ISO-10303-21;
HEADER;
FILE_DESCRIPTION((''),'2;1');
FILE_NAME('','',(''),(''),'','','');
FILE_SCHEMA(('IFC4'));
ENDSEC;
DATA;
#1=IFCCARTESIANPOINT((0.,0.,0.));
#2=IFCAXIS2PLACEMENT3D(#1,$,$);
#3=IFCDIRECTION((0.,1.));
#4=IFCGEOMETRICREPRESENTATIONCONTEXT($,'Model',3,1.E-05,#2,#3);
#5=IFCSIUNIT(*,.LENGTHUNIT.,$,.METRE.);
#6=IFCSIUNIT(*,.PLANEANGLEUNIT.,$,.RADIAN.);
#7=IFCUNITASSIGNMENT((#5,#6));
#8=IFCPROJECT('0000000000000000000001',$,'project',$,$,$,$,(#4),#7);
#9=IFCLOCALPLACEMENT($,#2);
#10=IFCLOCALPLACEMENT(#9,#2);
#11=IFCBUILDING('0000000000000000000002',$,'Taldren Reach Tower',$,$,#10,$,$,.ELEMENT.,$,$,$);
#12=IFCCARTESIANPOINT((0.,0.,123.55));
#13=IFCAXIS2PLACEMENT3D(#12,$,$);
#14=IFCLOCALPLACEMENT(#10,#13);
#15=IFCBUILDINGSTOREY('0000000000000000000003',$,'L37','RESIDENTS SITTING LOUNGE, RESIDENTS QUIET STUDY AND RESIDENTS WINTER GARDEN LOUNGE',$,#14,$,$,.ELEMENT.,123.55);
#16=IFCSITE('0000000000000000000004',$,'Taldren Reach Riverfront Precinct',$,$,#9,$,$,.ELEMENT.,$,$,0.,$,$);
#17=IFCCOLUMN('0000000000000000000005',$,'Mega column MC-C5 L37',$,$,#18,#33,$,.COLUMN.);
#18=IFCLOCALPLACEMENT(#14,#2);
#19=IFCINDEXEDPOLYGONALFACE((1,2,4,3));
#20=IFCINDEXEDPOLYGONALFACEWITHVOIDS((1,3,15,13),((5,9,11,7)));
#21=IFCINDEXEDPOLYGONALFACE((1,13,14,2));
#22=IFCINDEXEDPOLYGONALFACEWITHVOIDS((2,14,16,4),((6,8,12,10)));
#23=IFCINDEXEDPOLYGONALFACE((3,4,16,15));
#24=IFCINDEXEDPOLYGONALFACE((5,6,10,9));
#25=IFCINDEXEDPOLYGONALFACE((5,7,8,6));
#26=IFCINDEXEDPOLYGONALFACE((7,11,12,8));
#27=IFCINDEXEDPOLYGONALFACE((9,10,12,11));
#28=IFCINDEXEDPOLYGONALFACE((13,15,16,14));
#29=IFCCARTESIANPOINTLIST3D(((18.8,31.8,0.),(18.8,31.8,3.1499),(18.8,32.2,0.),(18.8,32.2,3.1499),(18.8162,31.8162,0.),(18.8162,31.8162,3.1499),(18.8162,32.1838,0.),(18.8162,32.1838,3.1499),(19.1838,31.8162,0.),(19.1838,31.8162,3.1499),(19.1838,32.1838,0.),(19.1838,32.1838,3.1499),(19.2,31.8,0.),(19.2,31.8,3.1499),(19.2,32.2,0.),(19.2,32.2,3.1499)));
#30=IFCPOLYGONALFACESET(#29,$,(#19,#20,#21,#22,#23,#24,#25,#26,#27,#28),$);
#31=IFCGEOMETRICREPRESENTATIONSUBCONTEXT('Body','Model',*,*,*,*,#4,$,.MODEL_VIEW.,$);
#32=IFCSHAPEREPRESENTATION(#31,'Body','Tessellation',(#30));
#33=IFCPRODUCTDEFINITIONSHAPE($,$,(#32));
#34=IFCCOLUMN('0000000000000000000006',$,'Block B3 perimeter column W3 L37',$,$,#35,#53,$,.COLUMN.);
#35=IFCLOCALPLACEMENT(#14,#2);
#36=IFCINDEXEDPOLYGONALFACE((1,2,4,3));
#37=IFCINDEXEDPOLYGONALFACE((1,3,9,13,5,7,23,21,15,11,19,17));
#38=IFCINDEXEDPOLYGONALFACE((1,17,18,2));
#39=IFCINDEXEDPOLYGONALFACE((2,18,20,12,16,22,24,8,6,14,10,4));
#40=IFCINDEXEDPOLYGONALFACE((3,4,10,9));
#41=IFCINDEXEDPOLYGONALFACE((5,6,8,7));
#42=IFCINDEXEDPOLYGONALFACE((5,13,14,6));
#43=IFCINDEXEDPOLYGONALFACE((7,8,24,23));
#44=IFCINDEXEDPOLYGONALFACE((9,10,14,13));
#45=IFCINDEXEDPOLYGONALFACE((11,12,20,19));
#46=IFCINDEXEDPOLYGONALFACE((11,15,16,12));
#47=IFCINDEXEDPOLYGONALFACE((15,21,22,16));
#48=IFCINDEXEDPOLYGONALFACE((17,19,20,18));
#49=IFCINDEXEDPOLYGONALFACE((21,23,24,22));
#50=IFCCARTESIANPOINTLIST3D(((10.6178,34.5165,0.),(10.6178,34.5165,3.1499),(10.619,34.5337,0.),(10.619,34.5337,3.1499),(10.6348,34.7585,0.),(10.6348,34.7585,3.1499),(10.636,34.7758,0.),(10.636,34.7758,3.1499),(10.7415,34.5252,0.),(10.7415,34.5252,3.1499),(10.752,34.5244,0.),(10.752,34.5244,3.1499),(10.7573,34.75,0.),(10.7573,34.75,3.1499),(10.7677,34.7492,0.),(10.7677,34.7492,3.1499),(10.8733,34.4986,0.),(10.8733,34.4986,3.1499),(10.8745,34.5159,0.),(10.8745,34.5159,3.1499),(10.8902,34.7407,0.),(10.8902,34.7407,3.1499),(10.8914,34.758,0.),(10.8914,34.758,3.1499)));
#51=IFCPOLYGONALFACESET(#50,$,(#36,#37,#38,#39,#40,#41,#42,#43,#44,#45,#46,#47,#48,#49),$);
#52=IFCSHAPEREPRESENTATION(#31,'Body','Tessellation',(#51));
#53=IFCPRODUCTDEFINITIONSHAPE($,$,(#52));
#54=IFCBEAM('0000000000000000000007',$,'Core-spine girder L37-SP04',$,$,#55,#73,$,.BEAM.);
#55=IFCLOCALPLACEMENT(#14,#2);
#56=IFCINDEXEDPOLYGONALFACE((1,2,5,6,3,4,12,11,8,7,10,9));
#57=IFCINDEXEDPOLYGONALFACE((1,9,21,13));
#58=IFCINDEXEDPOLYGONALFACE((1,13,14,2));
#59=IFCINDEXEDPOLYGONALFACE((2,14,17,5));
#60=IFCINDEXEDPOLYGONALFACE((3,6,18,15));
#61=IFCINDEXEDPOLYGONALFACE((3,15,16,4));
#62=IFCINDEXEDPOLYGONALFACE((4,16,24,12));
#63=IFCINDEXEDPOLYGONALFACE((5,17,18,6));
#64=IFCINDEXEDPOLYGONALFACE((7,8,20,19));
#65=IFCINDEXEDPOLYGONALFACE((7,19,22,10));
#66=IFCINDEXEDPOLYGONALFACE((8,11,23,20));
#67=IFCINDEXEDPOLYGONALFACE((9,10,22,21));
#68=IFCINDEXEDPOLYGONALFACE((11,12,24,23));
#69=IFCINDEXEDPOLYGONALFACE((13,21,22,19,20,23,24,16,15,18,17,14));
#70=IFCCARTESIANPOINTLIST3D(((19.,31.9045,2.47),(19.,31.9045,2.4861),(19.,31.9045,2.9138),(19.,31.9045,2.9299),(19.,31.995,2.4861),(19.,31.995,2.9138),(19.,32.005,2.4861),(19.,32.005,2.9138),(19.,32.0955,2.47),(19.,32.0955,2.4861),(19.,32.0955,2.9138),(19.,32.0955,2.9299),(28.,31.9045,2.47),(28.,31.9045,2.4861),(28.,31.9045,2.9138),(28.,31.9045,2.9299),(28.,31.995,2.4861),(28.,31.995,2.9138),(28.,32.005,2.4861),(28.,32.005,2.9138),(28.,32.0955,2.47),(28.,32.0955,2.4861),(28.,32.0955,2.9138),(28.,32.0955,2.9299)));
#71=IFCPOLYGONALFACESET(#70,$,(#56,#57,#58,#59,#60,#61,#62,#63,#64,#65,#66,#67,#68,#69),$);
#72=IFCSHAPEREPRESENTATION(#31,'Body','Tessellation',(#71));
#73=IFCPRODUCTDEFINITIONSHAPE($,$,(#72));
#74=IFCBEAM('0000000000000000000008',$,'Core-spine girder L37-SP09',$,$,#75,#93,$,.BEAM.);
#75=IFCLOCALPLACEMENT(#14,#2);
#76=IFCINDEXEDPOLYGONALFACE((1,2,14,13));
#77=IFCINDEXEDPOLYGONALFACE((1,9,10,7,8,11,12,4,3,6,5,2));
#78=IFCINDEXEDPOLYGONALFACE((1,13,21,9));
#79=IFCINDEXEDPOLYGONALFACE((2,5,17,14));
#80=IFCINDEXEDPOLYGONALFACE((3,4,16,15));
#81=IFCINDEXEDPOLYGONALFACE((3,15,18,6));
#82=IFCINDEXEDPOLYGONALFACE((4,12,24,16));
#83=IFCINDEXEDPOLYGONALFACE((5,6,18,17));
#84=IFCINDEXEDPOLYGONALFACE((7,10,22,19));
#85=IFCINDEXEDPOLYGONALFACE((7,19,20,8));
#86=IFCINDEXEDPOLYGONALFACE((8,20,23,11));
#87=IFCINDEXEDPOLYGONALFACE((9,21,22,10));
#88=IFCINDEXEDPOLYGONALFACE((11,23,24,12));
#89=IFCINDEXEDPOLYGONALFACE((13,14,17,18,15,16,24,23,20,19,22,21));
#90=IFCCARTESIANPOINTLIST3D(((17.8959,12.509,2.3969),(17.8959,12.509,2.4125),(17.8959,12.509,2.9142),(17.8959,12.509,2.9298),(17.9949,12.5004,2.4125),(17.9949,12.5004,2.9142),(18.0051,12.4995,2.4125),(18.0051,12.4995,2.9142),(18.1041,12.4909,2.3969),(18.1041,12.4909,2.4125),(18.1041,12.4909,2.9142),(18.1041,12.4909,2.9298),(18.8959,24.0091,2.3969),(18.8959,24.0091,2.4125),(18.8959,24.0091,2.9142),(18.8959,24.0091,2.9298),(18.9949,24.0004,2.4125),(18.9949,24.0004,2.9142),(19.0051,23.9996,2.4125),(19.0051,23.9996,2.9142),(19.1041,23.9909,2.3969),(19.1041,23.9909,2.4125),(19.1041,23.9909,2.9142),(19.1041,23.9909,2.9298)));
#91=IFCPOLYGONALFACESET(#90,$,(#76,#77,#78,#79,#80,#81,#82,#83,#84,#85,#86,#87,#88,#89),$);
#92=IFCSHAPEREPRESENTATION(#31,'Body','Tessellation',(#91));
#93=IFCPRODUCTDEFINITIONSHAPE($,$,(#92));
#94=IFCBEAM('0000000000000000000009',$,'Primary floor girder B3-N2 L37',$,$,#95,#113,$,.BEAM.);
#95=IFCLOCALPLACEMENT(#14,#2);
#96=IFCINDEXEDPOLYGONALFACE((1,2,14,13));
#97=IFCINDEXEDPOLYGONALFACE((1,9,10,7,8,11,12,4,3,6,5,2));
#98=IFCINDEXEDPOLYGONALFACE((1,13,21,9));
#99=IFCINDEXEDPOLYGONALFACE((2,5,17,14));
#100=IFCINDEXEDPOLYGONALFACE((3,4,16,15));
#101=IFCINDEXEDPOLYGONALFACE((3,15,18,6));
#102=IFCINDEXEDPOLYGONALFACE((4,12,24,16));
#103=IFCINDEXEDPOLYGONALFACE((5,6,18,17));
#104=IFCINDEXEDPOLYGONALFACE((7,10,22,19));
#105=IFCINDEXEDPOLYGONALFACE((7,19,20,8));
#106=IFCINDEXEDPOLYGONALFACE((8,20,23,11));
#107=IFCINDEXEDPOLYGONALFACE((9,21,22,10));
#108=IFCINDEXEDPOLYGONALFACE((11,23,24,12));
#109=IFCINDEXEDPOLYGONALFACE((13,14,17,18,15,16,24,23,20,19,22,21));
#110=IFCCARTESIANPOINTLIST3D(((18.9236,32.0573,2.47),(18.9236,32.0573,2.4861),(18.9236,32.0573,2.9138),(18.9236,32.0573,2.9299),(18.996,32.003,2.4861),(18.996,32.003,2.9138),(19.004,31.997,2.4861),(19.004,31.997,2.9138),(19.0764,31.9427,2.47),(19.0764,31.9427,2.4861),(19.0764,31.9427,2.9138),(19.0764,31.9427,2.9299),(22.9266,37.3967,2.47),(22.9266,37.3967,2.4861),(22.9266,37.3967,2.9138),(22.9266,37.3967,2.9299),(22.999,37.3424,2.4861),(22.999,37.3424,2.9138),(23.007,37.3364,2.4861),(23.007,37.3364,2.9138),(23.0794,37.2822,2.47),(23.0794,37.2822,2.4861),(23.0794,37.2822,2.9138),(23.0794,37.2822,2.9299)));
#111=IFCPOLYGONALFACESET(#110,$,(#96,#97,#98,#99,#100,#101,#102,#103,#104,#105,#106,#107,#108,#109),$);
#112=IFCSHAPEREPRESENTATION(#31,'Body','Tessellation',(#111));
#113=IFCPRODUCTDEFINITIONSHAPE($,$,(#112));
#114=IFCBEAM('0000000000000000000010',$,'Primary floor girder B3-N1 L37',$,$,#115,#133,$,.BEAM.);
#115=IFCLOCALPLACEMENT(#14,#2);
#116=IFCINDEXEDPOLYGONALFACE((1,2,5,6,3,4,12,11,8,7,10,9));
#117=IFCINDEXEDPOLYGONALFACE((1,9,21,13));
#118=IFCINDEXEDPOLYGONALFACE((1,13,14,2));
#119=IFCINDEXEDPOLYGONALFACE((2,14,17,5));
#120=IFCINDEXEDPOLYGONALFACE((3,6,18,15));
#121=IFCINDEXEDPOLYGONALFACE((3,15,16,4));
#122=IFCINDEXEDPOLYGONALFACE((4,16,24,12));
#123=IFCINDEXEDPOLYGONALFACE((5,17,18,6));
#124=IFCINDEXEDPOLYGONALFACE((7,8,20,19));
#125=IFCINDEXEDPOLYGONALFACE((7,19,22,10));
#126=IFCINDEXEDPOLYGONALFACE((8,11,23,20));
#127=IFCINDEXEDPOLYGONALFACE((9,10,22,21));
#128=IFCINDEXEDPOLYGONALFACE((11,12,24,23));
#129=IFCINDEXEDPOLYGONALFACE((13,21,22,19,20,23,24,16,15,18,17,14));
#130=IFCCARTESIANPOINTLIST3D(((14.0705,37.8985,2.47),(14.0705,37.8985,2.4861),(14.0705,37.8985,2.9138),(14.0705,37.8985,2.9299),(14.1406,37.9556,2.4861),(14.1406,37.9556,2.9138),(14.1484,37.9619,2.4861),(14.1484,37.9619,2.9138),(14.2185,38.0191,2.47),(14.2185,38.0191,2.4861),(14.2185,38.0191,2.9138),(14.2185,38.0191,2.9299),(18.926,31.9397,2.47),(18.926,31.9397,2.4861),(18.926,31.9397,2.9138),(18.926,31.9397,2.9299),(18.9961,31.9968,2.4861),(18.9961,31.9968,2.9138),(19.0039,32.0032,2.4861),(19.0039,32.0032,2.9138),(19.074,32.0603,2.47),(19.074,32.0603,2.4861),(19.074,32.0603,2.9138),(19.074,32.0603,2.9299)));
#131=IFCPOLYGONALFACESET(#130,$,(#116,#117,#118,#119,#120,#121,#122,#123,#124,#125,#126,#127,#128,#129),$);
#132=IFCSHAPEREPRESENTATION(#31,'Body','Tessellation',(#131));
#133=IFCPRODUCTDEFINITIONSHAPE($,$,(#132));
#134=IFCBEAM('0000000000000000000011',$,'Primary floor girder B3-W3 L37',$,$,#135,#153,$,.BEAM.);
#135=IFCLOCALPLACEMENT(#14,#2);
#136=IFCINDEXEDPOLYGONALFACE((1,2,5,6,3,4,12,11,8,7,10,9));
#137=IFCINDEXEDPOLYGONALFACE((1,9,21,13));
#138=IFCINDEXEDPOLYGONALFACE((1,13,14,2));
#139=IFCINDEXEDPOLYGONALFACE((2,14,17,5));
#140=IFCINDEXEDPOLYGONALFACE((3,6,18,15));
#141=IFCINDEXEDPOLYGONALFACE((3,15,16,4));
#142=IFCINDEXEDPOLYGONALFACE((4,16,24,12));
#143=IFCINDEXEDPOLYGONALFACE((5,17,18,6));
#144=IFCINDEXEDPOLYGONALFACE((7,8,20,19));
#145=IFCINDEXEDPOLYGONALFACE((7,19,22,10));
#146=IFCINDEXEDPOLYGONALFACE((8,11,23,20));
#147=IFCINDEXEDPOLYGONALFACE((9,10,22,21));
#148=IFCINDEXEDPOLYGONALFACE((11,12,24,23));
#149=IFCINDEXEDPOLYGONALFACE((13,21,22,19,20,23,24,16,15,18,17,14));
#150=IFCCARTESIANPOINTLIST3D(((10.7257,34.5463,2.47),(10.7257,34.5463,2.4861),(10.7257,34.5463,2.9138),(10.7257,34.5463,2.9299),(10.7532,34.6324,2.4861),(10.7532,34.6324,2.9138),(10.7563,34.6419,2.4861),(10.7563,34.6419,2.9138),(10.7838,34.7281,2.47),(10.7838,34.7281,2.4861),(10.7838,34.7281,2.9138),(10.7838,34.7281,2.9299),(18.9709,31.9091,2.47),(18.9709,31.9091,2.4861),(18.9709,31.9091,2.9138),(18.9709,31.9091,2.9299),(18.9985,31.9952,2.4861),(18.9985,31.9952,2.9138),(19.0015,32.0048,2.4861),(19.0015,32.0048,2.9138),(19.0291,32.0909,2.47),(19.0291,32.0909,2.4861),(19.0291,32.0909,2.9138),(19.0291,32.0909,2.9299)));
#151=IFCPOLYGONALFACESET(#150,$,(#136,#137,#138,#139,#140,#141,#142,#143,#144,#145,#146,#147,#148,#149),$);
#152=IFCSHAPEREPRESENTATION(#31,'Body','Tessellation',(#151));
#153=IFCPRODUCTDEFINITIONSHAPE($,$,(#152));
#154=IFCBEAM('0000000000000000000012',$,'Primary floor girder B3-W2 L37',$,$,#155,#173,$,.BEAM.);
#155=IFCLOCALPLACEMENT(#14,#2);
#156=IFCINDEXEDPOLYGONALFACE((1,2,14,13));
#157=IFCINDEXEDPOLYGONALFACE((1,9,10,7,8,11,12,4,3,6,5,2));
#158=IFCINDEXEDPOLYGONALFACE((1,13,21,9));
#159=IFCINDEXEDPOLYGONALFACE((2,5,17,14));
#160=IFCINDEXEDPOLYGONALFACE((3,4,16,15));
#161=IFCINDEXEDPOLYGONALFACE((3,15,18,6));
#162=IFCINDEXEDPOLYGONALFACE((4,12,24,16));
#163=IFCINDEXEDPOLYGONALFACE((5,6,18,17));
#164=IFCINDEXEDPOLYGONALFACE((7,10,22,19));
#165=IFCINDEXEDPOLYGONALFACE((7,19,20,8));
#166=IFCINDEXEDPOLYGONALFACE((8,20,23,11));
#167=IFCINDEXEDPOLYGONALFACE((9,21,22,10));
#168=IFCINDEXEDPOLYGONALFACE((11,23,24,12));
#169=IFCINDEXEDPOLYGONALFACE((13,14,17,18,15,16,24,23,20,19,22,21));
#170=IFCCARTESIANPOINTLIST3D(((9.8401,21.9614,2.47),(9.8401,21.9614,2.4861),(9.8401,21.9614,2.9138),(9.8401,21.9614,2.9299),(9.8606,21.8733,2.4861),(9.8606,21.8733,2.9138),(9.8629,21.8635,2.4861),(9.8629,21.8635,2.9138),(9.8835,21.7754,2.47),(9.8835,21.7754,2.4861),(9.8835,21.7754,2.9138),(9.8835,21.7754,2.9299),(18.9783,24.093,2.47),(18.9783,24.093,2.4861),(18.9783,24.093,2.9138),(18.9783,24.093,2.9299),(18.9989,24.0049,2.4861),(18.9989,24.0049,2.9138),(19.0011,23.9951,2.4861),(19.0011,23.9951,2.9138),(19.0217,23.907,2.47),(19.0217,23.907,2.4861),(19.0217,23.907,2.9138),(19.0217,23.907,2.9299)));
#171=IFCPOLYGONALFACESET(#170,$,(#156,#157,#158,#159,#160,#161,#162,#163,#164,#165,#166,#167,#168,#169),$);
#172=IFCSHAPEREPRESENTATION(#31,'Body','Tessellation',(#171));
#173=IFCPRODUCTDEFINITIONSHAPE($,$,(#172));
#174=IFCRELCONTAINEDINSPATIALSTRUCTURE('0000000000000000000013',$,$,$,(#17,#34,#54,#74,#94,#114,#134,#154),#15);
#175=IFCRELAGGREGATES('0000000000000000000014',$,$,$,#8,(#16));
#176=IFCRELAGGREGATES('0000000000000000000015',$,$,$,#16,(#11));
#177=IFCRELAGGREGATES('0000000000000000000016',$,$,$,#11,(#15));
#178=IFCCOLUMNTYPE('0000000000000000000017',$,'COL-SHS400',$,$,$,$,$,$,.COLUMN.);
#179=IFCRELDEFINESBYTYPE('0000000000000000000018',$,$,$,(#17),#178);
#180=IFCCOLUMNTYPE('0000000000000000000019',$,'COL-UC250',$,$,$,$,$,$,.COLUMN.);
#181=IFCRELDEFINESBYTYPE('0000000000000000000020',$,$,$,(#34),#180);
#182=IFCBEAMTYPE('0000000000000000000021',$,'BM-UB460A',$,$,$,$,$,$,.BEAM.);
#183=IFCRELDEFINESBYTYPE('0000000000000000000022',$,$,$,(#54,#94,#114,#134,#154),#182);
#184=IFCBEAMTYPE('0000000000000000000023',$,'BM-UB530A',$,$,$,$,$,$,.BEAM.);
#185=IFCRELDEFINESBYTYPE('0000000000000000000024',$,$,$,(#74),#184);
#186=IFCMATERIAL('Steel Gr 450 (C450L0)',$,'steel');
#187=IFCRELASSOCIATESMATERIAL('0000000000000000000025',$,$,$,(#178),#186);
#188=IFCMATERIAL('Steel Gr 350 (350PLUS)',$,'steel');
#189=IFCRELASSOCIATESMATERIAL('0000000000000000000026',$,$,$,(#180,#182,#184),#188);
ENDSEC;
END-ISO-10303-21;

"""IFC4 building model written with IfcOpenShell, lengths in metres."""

from ifc_helpers import new_model, si_unit, direction, frame, origin, origin_2d, place, context, subcontext, project, spatial, hollow_rectangle, i_section, extrude, source, transform, mapped, material, material_profile, profile_set, type_object, element, save


model = new_model("IFC4")

# Units and contexts
model_context = context("Model", 3, precision=1e-05, world=origin(), true_north=direction((0.0, 1.0)))
body_context = subcontext(model_context, "Body", "Model", "MODEL_VIEW")
ifc_project = project(units=[si_unit("LENGTHUNIT", "METRE"), si_unit("PLANEANGLEUNIT", "RADIAN")], contexts=[model_context])

# Site, building, storey
site_placement = place(None, origin())
site = spatial("IfcSite", under=ifc_project, at=site_placement, Name="Taldren Reach Riverfront Precinct", CompositionType="ELEMENT", RefElevation=0.0)
building_placement = place(site_placement, origin())
building = spatial("IfcBuilding", under=site, at=building_placement, Name="Taldren Reach Tower", CompositionType="ELEMENT")
storey_placement = place(building_placement, frame((0.0, 0.0, 123.55)))
storey = spatial("IfcBuildingStorey", under=building, at=storey_placement, Name="L37", Description="RESIDENTS SITTING LOUNGE, RESIDENTS QUIET STUDY AND RESIDENTS WINTER GARDEN LOUNGE", CompositionType="ELEMENT", Elevation=123.55)

# Columns
ifc_material_1 = material(Name="Steel Gr 450 (C450L0)", Category="steel")
ifc_material_profile_1 = material_profile(ifc_material_1, hollow_rectangle(XDim=0.3999, YDim=0.3999, WallThickness=0.0161, at=origin_2d()), Name="400x400x16.0SHS")
ifc_profile_set_1 = profile_set([ifc_material_profile_1], Name="Steel Gr 450 (C450L0)")
column_type_1 = type_object("IfcColumnType", Name="COL-SHS400", PredefinedType="COLUMN", material=ifc_profile_set_1)
shared_shape_1 = source(origin(), body_context, "Body", "SweptSolid", [
    extrude(hollow_rectangle(XDim=0.3999, YDim=0.3999, WallThickness=0.0161, at=origin_2d()), origin(), (0.0, 0.0, 1.0), 3.1499),
])
column_1_placement = place(storey_placement, frame((19.0, 32.0, 0.0), z_axis=(0.0, 0.0, 1.0), x_axis=(1.0, 0.0, 0.0)))
element("IfcColumn", 1, at=column_1_placement, inside=storey, type_object=column_type_1, Name="Mega column MC-C5 L37", PredefinedType="COLUMN", context=body_context, shape_type="MappedRepresentation", body=[
    mapped(shared_shape_1, transform((0.0, 0.0, 0.0), scale=1.0)),
])
ifc_material_2 = material(Name="Steel Gr 350 (350PLUS)", Category="steel")
ifc_material_profile_2 = material_profile(ifc_material_2, i_section(OverallWidth=0.2561, OverallDepth=0.26, WebThickness=0.0105, FlangeThickness=0.0173, at=origin_2d()), Name="250UC89.5")
ifc_profile_set_2 = profile_set([ifc_material_profile_2], Name="Steel Gr 350 (350PLUS)")
column_type_2 = type_object("IfcColumnType", Name="COL-UC250", PredefinedType="COLUMN", material=ifc_profile_set_2)
shared_shape_2 = source(origin(), body_context, "Body", "SweptSolid", [
    extrude(i_section(OverallWidth=0.2561, OverallDepth=0.26, WebThickness=0.0105, FlangeThickness=0.0173, at=origin_2d()), origin(), (0.0, 0.0, 1.0), 3.1499),
])
column_2_placement = place(storey_placement, frame((10.7546, 34.6372, 0.0), z_axis=(0.0, 0.0, 1.0), x_axis=(0.997564, -0.069756, 0.0)))
element("IfcColumn", 2, at=column_2_placement, inside=storey, type_object=column_type_2, Name="Block B3 perimeter column W3 L37", PredefinedType="COLUMN", context=body_context, shape_type="MappedRepresentation", body=[
    mapped(shared_shape_2, transform((0.0, 0.0, 0.0), scale=1.0)),
])

# Beams
ifc_material_profile_3 = material_profile(ifc_material_2, i_section(OverallWidth=0.1909, OverallDepth=0.46, WebThickness=0.01, FlangeThickness=0.0161, at=origin_2d()), Name="460UB82.1")
ifc_profile_set_3 = profile_set([ifc_material_profile_3], Name="Steel Gr 350 (350PLUS)")
beam_type_1 = type_object("IfcBeamType", Name="BM-UB460A", PredefinedType="BEAM", material=ifc_profile_set_3)
shared_shape_3 = source(origin(), body_context, "Body", "SweptSolid", [
    extrude(i_section(OverallWidth=0.1909, OverallDepth=0.46, WebThickness=0.01, FlangeThickness=0.0161, at=origin_2d()), origin(), (0.0, 0.0, 1.0), 9.0),
])
beam_1_placement = place(storey_placement, frame((19.0, 32.0, 2.7), z_axis=(1.0, 0.0, 0.0), x_axis=(0.0, 1.0, 0.0)))
element("IfcBeam", 3, at=beam_1_placement, inside=storey, type_object=beam_type_1, Name="Core-spine girder L37-SP04", PredefinedType="BEAM", context=body_context, shape_type="MappedRepresentation", body=[
    mapped(shared_shape_3, transform((0.0, 0.0, 0.0), scale=1.0)),
])
ifc_material_profile_4 = material_profile(ifc_material_2, i_section(OverallWidth=0.209, OverallDepth=0.533, WebThickness=0.0103, FlangeThickness=0.0156, at=origin_2d()), Name="530UB92.4")
ifc_profile_set_4 = profile_set([ifc_material_profile_4], Name="Steel Gr 350 (350PLUS)")
beam_type_2 = type_object("IfcBeamType", Name="BM-UB530A", PredefinedType="BEAM", material=ifc_profile_set_4)
shared_shape_4 = source(origin(), body_context, "Body", "SweptSolid", [
    extrude(i_section(OverallWidth=0.209, OverallDepth=0.533, WebThickness=0.0103, FlangeThickness=0.0156, at=origin_2d()), origin(), (0.0, 0.0, 1.0), 11.5435),
])
beam_2_placement = place(storey_placement, frame((19.0, 24.0, 2.6633), z_axis=(-0.08663, -0.996241, 0.0), x_axis=(0.996241, -0.08663, 0.0)))
element("IfcBeam", 4, at=beam_2_placement, inside=storey, type_object=beam_type_2, Name="Core-spine girder L37-SP09", PredefinedType="BEAM", context=body_context, shape_type="MappedRepresentation", body=[
    mapped(shared_shape_4, transform((0.0, 0.0, 0.0), scale=1.0)),
])
shared_shape_5 = source(origin(), body_context, "Body", "SweptSolid", [
    extrude(i_section(OverallWidth=0.1909, OverallDepth=0.46, WebThickness=0.01, FlangeThickness=0.0161, at=origin_2d()), origin(), (0.0, 0.0, 1.0), 6.6733),
])
beam_3_placement = place(storey_placement, frame((19.0, 32.0, 2.7), z_axis=(0.599848, 0.800114, 0.0), x_axis=(-0.800114, 0.599848, 0.0)))
element("IfcBeam", 5, at=beam_3_placement, inside=storey, type_object=beam_type_1, Name="Primary floor girder B3-N2 L37", PredefinedType="BEAM", context=body_context, shape_type="MappedRepresentation", body=[
    mapped(shared_shape_5, transform((0.0, 0.0, 0.0), scale=1.0)),
])
shared_shape_6 = source(origin(), body_context, "Body", "SweptSolid", [
    extrude(i_section(OverallWidth=0.1909, OverallDepth=0.46, WebThickness=0.01, FlangeThickness=0.0161, at=origin_2d()), origin(), (0.0, 0.0, 1.0), 7.6865),
])
beam_4_placement = place(storey_placement, frame((19.0, 32.0, 2.7), z_axis=(-0.631689, 0.775222, 0.0), x_axis=(-0.775222, -0.631689, 0.0)))
element("IfcBeam", 6, at=beam_4_placement, inside=storey, type_object=beam_type_1, Name="Primary floor girder B3-N1 L37", PredefinedType="BEAM", context=body_context, shape_type="MappedRepresentation", body=[
    mapped(shared_shape_6, transform((0.0, 0.0, 0.0), scale=1.0)),
])
shared_shape_7 = source(origin(), body_context, "Body", "SweptSolid", [
    extrude(i_section(OverallWidth=0.1909, OverallDepth=0.46, WebThickness=0.01, FlangeThickness=0.0161, at=origin_2d()), origin(), (0.0, 0.0, 1.0), 8.6567),
])
beam_5_placement = place(storey_placement, frame((19.0, 32.0, 2.7), z_axis=(-0.952468, 0.304639, 0.0), x_axis=(-0.304639, -0.952468, 0.0)))
element("IfcBeam", 7, at=beam_5_placement, inside=storey, type_object=beam_type_1, Name="Primary floor girder B3-W3 L37", PredefinedType="BEAM", context=body_context, shape_type="MappedRepresentation", body=[
    mapped(shared_shape_7, transform((0.0, 0.0, 0.0), scale=1.0)),
])
shared_shape_8 = source(origin(), body_context, "Body", "SweptSolid", [
    extrude(i_section(OverallWidth=0.1909, OverallDepth=0.46, WebThickness=0.01, FlangeThickness=0.0161, at=origin_2d()), origin(), (0.0, 0.0, 1.0), 9.3835),
])
beam_6_placement = place(storey_placement, frame((19.0, 24.0, 2.7), z_axis=(-0.973857, -0.227164, 0.0), x_axis=(0.227164, -0.973857, 0.0)))
element("IfcBeam", 8, at=beam_6_placement, inside=storey, type_object=beam_type_1, Name="Primary floor girder B3-W2 L37", PredefinedType="BEAM", context=body_context, shape_type="MappedRepresentation", body=[
    mapped(shared_shape_8, transform((0.0, 0.0, 0.0), scale=1.0)),
])

save(model, "model.ifc")
